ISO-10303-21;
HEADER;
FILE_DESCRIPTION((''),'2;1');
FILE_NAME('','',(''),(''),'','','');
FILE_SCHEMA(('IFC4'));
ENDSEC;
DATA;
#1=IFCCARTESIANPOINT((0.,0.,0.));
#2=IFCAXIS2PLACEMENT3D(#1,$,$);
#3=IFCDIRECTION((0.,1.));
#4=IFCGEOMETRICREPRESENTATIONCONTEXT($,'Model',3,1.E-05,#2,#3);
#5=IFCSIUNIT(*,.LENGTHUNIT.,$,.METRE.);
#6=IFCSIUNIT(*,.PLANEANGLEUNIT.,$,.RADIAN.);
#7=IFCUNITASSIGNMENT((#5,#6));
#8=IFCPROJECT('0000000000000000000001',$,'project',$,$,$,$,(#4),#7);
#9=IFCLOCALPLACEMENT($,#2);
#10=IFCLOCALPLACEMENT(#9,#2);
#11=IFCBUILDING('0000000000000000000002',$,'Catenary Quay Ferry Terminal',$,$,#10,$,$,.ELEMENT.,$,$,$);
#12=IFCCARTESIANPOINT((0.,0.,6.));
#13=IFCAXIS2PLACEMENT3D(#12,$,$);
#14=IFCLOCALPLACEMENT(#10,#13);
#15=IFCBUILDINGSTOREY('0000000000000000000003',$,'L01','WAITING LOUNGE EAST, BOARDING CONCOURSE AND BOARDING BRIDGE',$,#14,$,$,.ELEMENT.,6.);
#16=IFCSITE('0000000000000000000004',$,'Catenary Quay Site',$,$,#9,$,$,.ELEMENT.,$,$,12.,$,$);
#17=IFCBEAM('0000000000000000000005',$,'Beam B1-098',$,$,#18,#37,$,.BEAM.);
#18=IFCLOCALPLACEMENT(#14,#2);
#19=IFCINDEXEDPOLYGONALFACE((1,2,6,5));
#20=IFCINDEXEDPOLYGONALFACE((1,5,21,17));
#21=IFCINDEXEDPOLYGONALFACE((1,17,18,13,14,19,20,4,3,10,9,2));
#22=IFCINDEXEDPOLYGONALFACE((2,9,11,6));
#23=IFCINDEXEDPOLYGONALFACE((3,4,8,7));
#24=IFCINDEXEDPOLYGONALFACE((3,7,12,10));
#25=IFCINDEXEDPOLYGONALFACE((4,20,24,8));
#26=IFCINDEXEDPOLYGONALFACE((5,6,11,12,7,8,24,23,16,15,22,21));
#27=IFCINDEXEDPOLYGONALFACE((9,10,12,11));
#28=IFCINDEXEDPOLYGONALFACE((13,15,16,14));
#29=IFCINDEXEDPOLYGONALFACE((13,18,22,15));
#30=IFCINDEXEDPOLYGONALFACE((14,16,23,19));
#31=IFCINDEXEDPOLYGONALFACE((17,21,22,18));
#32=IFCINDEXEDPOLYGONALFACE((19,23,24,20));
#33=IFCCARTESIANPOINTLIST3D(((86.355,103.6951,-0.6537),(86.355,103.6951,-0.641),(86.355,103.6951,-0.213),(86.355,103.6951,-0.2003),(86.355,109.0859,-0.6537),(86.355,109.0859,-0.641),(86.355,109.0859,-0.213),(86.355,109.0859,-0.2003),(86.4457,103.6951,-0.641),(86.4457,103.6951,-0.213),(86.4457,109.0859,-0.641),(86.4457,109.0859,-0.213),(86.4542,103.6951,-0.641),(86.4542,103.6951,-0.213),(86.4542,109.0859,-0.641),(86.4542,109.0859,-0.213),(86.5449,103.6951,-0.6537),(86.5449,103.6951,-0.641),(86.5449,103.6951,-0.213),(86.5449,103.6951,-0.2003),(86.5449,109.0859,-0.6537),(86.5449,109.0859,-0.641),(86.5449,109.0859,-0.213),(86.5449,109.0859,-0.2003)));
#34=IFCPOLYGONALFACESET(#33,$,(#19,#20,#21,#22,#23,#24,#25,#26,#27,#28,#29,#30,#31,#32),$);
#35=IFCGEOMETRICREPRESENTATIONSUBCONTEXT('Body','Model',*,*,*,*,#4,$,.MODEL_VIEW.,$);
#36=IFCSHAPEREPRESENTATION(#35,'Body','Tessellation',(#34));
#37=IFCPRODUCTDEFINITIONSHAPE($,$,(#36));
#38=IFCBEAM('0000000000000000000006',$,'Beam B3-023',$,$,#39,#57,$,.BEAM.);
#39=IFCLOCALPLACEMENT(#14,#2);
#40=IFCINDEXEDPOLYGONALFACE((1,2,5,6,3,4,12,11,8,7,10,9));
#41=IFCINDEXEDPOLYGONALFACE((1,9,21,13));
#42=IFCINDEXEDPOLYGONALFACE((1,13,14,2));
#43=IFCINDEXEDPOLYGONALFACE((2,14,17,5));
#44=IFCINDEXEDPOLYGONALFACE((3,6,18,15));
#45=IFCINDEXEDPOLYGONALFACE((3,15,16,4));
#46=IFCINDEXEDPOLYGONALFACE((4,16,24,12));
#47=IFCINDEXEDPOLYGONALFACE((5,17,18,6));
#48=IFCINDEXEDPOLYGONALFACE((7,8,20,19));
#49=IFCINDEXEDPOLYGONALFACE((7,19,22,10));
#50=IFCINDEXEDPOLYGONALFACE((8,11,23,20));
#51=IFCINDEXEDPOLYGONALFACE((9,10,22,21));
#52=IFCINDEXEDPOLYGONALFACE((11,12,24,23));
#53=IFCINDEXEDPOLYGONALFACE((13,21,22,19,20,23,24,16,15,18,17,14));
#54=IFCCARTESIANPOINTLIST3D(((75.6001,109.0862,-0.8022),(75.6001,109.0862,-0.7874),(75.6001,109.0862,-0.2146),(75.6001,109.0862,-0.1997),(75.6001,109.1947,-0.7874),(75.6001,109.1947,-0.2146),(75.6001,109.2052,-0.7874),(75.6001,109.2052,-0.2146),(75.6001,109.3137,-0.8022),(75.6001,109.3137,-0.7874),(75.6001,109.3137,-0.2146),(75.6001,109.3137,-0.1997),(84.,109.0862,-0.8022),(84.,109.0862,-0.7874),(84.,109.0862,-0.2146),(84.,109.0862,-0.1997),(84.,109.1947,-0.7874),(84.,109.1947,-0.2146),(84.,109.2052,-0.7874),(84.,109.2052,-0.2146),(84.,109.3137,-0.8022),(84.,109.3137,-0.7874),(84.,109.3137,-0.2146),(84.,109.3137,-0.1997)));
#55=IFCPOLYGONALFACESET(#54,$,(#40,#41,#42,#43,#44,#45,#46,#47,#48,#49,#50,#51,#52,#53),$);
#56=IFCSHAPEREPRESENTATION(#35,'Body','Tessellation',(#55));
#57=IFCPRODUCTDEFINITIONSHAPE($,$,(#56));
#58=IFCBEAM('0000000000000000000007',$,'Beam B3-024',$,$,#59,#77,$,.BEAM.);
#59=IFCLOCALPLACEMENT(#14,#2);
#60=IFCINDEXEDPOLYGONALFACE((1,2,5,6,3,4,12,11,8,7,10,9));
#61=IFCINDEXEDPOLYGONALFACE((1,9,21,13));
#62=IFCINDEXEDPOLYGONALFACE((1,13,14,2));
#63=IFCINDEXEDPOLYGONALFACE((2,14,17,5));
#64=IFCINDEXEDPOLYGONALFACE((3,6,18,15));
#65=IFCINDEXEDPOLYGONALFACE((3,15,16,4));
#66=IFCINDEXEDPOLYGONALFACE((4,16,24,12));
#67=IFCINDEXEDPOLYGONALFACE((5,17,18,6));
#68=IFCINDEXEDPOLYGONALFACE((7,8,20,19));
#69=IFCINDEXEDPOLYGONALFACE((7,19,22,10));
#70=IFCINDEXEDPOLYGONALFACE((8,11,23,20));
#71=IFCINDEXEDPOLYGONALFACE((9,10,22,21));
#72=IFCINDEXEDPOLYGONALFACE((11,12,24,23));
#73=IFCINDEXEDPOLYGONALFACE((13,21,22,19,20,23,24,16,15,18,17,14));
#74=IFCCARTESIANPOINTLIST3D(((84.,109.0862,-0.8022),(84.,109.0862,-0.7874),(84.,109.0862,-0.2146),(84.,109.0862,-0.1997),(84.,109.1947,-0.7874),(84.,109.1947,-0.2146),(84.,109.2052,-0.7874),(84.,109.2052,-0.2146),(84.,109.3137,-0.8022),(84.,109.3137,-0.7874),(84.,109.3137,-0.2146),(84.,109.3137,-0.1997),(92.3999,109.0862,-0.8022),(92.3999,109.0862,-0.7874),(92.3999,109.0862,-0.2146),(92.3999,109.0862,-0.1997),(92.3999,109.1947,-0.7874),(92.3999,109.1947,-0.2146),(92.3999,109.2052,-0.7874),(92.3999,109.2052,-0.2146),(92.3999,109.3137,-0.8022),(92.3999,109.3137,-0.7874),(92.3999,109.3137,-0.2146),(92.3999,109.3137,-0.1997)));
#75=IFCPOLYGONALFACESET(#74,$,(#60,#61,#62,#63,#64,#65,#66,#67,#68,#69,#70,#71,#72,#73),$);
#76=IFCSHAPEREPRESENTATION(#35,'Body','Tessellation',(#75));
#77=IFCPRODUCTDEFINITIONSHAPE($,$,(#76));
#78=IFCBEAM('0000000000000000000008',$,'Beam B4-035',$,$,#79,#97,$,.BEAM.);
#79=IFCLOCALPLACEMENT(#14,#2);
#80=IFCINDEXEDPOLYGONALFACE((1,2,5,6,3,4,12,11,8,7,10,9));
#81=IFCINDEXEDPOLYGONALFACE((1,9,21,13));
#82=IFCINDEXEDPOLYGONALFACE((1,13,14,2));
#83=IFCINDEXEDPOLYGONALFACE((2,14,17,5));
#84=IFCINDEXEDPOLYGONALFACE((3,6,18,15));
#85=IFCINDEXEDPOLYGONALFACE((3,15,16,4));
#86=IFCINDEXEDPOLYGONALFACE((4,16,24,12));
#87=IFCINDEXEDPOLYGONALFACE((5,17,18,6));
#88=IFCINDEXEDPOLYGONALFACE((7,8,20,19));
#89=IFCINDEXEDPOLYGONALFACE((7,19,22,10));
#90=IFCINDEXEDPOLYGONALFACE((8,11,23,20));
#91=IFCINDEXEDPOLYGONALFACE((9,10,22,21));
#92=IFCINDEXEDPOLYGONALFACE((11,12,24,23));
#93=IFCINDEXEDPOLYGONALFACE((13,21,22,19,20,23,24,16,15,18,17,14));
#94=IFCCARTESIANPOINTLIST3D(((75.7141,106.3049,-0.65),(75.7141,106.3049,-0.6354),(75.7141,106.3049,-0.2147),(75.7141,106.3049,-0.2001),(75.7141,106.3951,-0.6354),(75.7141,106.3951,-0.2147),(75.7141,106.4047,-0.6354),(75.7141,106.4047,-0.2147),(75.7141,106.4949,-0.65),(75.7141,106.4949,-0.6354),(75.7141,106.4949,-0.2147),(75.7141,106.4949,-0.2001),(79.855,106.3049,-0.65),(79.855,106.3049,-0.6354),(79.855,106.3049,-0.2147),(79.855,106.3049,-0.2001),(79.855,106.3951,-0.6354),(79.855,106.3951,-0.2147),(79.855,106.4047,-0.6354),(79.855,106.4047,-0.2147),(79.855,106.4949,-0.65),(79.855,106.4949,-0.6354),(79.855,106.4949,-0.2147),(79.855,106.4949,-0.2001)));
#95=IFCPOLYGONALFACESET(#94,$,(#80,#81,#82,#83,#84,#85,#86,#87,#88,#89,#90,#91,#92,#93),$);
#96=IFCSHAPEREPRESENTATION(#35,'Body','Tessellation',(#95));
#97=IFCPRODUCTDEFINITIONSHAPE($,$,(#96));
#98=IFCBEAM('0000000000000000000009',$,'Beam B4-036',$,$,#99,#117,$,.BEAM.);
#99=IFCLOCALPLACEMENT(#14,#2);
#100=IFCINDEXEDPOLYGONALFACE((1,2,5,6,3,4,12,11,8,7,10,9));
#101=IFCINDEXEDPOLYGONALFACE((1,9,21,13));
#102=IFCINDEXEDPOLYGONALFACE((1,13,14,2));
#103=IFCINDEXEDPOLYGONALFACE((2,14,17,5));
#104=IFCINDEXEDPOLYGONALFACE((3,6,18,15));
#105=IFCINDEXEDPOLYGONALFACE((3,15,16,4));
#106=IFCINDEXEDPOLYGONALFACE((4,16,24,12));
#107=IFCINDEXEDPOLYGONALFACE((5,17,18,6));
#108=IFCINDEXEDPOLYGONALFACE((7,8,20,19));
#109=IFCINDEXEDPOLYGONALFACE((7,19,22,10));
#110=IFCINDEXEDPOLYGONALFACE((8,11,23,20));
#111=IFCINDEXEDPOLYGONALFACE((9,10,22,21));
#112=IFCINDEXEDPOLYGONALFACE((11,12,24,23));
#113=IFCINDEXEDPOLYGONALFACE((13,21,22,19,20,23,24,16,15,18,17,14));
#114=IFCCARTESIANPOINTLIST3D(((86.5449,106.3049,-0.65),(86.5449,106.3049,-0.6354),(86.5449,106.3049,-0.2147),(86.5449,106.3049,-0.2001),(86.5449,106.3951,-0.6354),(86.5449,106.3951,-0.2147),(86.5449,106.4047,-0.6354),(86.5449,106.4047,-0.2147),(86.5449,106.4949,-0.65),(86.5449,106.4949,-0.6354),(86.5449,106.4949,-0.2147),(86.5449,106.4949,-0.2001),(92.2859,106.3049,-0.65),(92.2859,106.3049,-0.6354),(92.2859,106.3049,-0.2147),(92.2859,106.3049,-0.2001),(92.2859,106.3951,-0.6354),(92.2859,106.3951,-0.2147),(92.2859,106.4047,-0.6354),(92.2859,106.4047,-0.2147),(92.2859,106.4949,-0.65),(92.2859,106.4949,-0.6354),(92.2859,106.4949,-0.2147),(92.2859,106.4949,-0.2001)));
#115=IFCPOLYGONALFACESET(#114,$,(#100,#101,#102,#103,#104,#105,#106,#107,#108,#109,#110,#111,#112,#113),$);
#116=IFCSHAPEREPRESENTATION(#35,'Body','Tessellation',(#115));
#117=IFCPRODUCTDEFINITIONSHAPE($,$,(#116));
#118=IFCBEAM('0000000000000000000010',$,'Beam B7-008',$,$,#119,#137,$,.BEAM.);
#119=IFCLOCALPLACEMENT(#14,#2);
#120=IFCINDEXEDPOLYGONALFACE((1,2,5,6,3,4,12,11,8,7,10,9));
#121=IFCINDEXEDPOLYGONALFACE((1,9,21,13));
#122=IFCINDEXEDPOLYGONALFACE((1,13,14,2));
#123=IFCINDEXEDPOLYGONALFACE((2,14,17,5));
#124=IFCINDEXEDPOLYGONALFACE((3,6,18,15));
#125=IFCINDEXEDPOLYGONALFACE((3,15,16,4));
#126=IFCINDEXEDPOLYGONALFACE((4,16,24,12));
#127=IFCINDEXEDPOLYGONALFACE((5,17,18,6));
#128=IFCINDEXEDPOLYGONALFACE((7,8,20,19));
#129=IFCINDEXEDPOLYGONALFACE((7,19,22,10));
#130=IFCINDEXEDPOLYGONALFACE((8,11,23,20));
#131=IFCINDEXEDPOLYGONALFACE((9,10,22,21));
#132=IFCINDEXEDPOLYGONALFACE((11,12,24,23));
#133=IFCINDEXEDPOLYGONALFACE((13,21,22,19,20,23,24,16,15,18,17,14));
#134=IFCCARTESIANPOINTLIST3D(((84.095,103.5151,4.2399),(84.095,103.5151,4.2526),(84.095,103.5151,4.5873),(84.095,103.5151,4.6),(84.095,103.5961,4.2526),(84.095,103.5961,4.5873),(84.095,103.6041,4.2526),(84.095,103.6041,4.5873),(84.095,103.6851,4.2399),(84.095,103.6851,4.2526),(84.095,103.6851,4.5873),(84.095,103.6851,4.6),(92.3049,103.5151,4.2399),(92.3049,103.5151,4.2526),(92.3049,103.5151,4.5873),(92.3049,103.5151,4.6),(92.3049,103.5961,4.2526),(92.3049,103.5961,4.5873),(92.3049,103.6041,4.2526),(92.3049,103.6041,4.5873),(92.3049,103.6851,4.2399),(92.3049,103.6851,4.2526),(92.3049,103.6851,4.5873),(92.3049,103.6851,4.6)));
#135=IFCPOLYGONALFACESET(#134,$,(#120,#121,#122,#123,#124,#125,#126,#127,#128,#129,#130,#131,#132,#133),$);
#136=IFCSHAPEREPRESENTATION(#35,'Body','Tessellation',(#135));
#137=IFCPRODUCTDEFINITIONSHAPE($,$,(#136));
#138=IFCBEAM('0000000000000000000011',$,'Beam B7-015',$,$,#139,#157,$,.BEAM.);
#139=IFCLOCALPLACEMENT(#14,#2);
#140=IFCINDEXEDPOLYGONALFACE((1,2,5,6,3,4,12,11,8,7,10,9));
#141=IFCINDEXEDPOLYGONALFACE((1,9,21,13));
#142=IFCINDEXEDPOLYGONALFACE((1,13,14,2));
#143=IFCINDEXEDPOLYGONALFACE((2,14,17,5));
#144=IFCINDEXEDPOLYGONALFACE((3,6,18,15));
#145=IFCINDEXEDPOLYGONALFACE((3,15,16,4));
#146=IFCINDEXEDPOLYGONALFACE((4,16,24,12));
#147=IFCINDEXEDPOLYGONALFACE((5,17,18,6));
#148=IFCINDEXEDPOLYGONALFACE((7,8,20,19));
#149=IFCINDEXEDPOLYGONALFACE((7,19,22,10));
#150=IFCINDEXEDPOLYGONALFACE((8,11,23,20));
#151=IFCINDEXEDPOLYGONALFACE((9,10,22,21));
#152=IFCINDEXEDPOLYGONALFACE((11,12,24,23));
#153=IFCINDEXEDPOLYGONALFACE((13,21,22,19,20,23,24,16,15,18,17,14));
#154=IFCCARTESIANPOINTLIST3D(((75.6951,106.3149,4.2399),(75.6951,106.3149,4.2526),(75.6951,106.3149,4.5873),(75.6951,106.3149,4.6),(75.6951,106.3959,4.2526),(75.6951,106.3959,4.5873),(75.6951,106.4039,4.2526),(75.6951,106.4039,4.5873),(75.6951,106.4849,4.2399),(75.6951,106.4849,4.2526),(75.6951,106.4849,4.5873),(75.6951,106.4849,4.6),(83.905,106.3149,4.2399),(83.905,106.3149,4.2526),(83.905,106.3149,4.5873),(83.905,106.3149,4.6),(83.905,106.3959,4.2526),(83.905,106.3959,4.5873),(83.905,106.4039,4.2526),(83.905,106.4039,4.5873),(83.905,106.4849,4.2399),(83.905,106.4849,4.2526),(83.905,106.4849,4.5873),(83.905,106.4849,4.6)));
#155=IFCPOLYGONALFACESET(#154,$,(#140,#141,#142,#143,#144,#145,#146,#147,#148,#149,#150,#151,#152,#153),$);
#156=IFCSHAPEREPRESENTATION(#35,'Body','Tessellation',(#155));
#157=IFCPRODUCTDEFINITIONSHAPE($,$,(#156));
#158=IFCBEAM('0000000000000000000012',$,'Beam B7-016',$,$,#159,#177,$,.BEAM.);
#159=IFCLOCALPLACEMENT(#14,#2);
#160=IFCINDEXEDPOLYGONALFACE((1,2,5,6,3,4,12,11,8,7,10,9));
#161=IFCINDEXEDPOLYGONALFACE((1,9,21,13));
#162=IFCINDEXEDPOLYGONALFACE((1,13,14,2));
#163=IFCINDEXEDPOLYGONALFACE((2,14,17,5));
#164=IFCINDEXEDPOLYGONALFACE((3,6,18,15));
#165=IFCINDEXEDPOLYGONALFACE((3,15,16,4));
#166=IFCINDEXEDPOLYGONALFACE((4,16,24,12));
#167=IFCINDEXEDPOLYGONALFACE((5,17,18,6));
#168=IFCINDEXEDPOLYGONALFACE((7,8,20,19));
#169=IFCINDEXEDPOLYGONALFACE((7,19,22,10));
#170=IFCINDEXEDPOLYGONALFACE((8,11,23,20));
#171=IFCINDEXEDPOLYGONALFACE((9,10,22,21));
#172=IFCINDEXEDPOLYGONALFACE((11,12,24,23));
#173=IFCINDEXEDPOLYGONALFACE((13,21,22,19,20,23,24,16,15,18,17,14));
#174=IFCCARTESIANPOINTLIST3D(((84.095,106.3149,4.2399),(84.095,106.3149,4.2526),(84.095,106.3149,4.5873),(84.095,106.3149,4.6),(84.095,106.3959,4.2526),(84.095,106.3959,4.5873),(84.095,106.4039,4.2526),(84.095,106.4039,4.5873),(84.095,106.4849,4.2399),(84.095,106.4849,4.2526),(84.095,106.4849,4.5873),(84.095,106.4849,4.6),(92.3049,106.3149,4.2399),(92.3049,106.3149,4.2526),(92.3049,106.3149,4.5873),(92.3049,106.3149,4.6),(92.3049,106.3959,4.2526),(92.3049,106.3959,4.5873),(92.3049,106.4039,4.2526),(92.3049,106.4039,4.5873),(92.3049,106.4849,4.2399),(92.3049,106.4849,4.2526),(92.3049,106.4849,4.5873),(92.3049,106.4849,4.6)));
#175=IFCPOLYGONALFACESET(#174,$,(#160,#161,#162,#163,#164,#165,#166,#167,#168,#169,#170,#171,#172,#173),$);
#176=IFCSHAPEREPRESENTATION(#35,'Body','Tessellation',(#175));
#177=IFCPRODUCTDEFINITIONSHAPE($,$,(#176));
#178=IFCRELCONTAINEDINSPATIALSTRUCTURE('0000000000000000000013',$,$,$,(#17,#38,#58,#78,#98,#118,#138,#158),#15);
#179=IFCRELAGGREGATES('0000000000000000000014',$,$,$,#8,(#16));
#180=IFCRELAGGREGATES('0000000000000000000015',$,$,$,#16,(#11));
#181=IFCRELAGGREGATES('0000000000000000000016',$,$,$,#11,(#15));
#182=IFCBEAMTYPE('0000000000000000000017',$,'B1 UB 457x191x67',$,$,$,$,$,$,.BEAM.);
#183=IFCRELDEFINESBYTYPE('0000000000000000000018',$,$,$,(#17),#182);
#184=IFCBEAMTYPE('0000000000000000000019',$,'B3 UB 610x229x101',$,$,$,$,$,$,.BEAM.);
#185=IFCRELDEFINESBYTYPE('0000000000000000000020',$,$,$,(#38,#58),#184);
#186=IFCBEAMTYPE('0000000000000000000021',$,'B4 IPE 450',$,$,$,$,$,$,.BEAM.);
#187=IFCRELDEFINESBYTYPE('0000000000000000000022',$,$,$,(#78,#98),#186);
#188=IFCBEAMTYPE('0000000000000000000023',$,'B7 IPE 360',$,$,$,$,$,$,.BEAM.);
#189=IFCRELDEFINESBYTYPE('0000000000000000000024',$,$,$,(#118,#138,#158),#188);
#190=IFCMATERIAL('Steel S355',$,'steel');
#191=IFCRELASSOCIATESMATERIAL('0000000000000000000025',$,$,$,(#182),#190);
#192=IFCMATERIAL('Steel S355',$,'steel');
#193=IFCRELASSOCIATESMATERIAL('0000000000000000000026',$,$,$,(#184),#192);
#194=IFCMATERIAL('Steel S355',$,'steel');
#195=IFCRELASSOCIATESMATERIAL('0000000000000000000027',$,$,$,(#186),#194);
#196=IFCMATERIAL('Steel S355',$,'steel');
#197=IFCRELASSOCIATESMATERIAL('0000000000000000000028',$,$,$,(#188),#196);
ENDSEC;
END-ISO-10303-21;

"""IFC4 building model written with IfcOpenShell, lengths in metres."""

from ifc_helpers import new_model, si_unit, direction, frame, origin, origin_2d, place, context, subcontext, project, spatial, i_section, extrude, material, material_profile, profile_set, type_object, element, save


model = new_model("IFC4")

# Units and contexts
model_context = context("Model", 3, precision=1e-05, world=origin(), true_north=direction((0.0, 1.0)))
body_context = subcontext(model_context, "Body", "Model", "MODEL_VIEW")
ifc_project = project(units=[si_unit("LENGTHUNIT", "METRE"), si_unit("PLANEANGLEUNIT", "RADIAN")], contexts=[model_context])

# Site, building, storey
site_placement = place(None, origin())
site = spatial("IfcSite", under=ifc_project, at=site_placement, Name="Catenary Quay Site", CompositionType="ELEMENT", RefElevation=12.0)
building_placement = place(site_placement, origin())
building = spatial("IfcBuilding", under=site, at=building_placement, Name="Catenary Quay Ferry Terminal", CompositionType="ELEMENT")
storey_placement = place(building_placement, frame((0.0, 0.0, 6.0)))
storey = spatial("IfcBuildingStorey", under=building, at=storey_placement, Name="L01", Description="WAITING LOUNGE EAST, BOARDING CONCOURSE AND BOARDING BRIDGE", CompositionType="ELEMENT", Elevation=6.0)

# Beams
ifc_material_1 = material(Name="Steel S355", Category="steel")
ifc_material_profile_1 = material_profile(ifc_material_1, i_section(OverallWidth=0.1899, OverallDepth=0.4534, WebThickness=0.0085, FlangeThickness=0.0127, at=origin_2d()), Name="UB 457x191x67")
ifc_profile_set_1 = profile_set([ifc_material_profile_1], Name="Steel S355")
beam_type_1 = type_object("IfcBeamType", Name="B1 UB 457x191x67", PredefinedType="BEAM", material=ifc_profile_set_1)
for number, where, z_axis, x_axis, name in (
    (1, (86.45, 103.6951, -0.427), (0.0, 1.0, 0.0), (-1.0, 0.0, 0.0), "Beam B1-098"),
):
    element("IfcBeam", number, at=place(storey_placement, frame(where, z_axis=z_axis, x_axis=x_axis)), inside=storey, type_object=beam_type_1, Name=name, PredefinedType="BEAM", context=body_context, shape_type="SweptSolid", body=[
        extrude(i_section(OverallWidth=0.1899, OverallDepth=0.4534, WebThickness=0.0085, FlangeThickness=0.0127, at=origin_2d()), origin(), (0.0, 0.0, 1.0), 5.3909),
    ])
ifc_material_2 = material(Name="Steel S355", Category="steel")
ifc_material_profile_2 = material_profile(ifc_material_2, i_section(OverallWidth=0.2275, OverallDepth=0.6025, WebThickness=0.0105, FlangeThickness=0.0149, at=origin_2d()), Name="UB 610x229x101")
ifc_profile_set_2 = profile_set([ifc_material_profile_2], Name="Steel S355")
beam_type_2 = type_object("IfcBeamType", Name="B3 UB 610x229x101", PredefinedType="BEAM", material=ifc_profile_set_2)
for number, where, z_axis, x_axis, name in (
    (2, (75.6001, 109.2, -0.501), (1.0, 0.0, 0.0), (0.0, 1.0, 0.0), "Beam B3-023"),
    (3, (84.0, 109.2, -0.501), (1.0, 0.0, 0.0), (0.0, 1.0, 0.0), "Beam B3-024"),
):
    element("IfcBeam", number, at=place(storey_placement, frame(where, z_axis=z_axis, x_axis=x_axis)), inside=storey, type_object=beam_type_2, Name=name, PredefinedType="BEAM", context=body_context, shape_type="SweptSolid", body=[
        extrude(i_section(OverallWidth=0.2275, OverallDepth=0.6025, WebThickness=0.0105, FlangeThickness=0.0149, at=origin_2d()), origin(), (0.0, 0.0, 1.0), 8.3999),
    ])
ifc_material_3 = material(Name="Steel S355", Category="steel")
ifc_material_profile_3 = material_profile(ifc_material_3, i_section(OverallWidth=0.1899, OverallDepth=0.45, WebThickness=0.0095, FlangeThickness=0.0146, at=origin_2d()), Name="IPE 450")
ifc_profile_set_3 = profile_set([ifc_material_profile_3], Name="Steel S355")
beam_type_3 = type_object("IfcBeamType", Name="B4 IPE 450", PredefinedType="BEAM", material=ifc_profile_set_3)
beam_1_placement = place(storey_placement, frame((75.7141, 106.3999, -0.425), z_axis=(1.0, 0.0, 0.0), x_axis=(0.0, 1.0, 0.0)))
element("IfcBeam", 4, at=beam_1_placement, inside=storey, type_object=beam_type_3, Name="Beam B4-035", PredefinedType="BEAM", context=body_context, shape_type="SweptSolid", body=[
    extrude(i_section(OverallWidth=0.1899, OverallDepth=0.45, WebThickness=0.0095, FlangeThickness=0.0146, at=origin_2d()), origin(), (0.0, 0.0, 1.0), 4.1409),
])
beam_2_placement = place(storey_placement, frame((86.5449, 106.3999, -0.425), z_axis=(1.0, 0.0, 0.0), x_axis=(0.0, 1.0, 0.0)))
element("IfcBeam", 5, at=beam_2_placement, inside=storey, type_object=beam_type_3, Name="Beam B4-036", PredefinedType="BEAM", context=body_context, shape_type="SweptSolid", body=[
    extrude(i_section(OverallWidth=0.1899, OverallDepth=0.45, WebThickness=0.0095, FlangeThickness=0.0146, at=origin_2d()), origin(), (0.0, 0.0, 1.0), 5.741),
])
ifc_material_4 = material(Name="Steel S355", Category="steel")
ifc_material_profile_4 = material_profile(ifc_material_4, i_section(OverallWidth=0.1699, OverallDepth=0.3601, WebThickness=0.0081, FlangeThickness=0.0127, at=origin_2d()), Name="IPE 360")
ifc_profile_set_4 = profile_set([ifc_material_profile_4], Name="Steel S355")
beam_type_4 = type_object("IfcBeamType", Name="B7 IPE 360", PredefinedType="BEAM", material=ifc_profile_set_4)
for number, where, z_axis, x_axis, name in (
    (6, (84.095, 103.6001, 4.4199), (1.0, 0.0, 0.0), (0.0, 1.0, 0.0), "Beam B7-008"),
    (7, (75.6951, 106.3999, 4.4199), (1.0, 0.0, 0.0), (0.0, 1.0, 0.0), "Beam B7-015"),
    (8, (84.095, 106.3999, 4.4199), (1.0, 0.0, 0.0), (0.0, 1.0, 0.0), "Beam B7-016"),
):
    element("IfcBeam", number, at=place(storey_placement, frame(where, z_axis=z_axis, x_axis=x_axis)), inside=storey, type_object=beam_type_4, Name=name, PredefinedType="BEAM", context=body_context, shape_type="SweptSolid", body=[
        extrude(i_section(OverallWidth=0.1699, OverallDepth=0.3601, WebThickness=0.0081, FlangeThickness=0.0127, at=origin_2d()), origin(), (0.0, 0.0, 1.0), 8.21),
    ])

save(model, "model.ifc")
